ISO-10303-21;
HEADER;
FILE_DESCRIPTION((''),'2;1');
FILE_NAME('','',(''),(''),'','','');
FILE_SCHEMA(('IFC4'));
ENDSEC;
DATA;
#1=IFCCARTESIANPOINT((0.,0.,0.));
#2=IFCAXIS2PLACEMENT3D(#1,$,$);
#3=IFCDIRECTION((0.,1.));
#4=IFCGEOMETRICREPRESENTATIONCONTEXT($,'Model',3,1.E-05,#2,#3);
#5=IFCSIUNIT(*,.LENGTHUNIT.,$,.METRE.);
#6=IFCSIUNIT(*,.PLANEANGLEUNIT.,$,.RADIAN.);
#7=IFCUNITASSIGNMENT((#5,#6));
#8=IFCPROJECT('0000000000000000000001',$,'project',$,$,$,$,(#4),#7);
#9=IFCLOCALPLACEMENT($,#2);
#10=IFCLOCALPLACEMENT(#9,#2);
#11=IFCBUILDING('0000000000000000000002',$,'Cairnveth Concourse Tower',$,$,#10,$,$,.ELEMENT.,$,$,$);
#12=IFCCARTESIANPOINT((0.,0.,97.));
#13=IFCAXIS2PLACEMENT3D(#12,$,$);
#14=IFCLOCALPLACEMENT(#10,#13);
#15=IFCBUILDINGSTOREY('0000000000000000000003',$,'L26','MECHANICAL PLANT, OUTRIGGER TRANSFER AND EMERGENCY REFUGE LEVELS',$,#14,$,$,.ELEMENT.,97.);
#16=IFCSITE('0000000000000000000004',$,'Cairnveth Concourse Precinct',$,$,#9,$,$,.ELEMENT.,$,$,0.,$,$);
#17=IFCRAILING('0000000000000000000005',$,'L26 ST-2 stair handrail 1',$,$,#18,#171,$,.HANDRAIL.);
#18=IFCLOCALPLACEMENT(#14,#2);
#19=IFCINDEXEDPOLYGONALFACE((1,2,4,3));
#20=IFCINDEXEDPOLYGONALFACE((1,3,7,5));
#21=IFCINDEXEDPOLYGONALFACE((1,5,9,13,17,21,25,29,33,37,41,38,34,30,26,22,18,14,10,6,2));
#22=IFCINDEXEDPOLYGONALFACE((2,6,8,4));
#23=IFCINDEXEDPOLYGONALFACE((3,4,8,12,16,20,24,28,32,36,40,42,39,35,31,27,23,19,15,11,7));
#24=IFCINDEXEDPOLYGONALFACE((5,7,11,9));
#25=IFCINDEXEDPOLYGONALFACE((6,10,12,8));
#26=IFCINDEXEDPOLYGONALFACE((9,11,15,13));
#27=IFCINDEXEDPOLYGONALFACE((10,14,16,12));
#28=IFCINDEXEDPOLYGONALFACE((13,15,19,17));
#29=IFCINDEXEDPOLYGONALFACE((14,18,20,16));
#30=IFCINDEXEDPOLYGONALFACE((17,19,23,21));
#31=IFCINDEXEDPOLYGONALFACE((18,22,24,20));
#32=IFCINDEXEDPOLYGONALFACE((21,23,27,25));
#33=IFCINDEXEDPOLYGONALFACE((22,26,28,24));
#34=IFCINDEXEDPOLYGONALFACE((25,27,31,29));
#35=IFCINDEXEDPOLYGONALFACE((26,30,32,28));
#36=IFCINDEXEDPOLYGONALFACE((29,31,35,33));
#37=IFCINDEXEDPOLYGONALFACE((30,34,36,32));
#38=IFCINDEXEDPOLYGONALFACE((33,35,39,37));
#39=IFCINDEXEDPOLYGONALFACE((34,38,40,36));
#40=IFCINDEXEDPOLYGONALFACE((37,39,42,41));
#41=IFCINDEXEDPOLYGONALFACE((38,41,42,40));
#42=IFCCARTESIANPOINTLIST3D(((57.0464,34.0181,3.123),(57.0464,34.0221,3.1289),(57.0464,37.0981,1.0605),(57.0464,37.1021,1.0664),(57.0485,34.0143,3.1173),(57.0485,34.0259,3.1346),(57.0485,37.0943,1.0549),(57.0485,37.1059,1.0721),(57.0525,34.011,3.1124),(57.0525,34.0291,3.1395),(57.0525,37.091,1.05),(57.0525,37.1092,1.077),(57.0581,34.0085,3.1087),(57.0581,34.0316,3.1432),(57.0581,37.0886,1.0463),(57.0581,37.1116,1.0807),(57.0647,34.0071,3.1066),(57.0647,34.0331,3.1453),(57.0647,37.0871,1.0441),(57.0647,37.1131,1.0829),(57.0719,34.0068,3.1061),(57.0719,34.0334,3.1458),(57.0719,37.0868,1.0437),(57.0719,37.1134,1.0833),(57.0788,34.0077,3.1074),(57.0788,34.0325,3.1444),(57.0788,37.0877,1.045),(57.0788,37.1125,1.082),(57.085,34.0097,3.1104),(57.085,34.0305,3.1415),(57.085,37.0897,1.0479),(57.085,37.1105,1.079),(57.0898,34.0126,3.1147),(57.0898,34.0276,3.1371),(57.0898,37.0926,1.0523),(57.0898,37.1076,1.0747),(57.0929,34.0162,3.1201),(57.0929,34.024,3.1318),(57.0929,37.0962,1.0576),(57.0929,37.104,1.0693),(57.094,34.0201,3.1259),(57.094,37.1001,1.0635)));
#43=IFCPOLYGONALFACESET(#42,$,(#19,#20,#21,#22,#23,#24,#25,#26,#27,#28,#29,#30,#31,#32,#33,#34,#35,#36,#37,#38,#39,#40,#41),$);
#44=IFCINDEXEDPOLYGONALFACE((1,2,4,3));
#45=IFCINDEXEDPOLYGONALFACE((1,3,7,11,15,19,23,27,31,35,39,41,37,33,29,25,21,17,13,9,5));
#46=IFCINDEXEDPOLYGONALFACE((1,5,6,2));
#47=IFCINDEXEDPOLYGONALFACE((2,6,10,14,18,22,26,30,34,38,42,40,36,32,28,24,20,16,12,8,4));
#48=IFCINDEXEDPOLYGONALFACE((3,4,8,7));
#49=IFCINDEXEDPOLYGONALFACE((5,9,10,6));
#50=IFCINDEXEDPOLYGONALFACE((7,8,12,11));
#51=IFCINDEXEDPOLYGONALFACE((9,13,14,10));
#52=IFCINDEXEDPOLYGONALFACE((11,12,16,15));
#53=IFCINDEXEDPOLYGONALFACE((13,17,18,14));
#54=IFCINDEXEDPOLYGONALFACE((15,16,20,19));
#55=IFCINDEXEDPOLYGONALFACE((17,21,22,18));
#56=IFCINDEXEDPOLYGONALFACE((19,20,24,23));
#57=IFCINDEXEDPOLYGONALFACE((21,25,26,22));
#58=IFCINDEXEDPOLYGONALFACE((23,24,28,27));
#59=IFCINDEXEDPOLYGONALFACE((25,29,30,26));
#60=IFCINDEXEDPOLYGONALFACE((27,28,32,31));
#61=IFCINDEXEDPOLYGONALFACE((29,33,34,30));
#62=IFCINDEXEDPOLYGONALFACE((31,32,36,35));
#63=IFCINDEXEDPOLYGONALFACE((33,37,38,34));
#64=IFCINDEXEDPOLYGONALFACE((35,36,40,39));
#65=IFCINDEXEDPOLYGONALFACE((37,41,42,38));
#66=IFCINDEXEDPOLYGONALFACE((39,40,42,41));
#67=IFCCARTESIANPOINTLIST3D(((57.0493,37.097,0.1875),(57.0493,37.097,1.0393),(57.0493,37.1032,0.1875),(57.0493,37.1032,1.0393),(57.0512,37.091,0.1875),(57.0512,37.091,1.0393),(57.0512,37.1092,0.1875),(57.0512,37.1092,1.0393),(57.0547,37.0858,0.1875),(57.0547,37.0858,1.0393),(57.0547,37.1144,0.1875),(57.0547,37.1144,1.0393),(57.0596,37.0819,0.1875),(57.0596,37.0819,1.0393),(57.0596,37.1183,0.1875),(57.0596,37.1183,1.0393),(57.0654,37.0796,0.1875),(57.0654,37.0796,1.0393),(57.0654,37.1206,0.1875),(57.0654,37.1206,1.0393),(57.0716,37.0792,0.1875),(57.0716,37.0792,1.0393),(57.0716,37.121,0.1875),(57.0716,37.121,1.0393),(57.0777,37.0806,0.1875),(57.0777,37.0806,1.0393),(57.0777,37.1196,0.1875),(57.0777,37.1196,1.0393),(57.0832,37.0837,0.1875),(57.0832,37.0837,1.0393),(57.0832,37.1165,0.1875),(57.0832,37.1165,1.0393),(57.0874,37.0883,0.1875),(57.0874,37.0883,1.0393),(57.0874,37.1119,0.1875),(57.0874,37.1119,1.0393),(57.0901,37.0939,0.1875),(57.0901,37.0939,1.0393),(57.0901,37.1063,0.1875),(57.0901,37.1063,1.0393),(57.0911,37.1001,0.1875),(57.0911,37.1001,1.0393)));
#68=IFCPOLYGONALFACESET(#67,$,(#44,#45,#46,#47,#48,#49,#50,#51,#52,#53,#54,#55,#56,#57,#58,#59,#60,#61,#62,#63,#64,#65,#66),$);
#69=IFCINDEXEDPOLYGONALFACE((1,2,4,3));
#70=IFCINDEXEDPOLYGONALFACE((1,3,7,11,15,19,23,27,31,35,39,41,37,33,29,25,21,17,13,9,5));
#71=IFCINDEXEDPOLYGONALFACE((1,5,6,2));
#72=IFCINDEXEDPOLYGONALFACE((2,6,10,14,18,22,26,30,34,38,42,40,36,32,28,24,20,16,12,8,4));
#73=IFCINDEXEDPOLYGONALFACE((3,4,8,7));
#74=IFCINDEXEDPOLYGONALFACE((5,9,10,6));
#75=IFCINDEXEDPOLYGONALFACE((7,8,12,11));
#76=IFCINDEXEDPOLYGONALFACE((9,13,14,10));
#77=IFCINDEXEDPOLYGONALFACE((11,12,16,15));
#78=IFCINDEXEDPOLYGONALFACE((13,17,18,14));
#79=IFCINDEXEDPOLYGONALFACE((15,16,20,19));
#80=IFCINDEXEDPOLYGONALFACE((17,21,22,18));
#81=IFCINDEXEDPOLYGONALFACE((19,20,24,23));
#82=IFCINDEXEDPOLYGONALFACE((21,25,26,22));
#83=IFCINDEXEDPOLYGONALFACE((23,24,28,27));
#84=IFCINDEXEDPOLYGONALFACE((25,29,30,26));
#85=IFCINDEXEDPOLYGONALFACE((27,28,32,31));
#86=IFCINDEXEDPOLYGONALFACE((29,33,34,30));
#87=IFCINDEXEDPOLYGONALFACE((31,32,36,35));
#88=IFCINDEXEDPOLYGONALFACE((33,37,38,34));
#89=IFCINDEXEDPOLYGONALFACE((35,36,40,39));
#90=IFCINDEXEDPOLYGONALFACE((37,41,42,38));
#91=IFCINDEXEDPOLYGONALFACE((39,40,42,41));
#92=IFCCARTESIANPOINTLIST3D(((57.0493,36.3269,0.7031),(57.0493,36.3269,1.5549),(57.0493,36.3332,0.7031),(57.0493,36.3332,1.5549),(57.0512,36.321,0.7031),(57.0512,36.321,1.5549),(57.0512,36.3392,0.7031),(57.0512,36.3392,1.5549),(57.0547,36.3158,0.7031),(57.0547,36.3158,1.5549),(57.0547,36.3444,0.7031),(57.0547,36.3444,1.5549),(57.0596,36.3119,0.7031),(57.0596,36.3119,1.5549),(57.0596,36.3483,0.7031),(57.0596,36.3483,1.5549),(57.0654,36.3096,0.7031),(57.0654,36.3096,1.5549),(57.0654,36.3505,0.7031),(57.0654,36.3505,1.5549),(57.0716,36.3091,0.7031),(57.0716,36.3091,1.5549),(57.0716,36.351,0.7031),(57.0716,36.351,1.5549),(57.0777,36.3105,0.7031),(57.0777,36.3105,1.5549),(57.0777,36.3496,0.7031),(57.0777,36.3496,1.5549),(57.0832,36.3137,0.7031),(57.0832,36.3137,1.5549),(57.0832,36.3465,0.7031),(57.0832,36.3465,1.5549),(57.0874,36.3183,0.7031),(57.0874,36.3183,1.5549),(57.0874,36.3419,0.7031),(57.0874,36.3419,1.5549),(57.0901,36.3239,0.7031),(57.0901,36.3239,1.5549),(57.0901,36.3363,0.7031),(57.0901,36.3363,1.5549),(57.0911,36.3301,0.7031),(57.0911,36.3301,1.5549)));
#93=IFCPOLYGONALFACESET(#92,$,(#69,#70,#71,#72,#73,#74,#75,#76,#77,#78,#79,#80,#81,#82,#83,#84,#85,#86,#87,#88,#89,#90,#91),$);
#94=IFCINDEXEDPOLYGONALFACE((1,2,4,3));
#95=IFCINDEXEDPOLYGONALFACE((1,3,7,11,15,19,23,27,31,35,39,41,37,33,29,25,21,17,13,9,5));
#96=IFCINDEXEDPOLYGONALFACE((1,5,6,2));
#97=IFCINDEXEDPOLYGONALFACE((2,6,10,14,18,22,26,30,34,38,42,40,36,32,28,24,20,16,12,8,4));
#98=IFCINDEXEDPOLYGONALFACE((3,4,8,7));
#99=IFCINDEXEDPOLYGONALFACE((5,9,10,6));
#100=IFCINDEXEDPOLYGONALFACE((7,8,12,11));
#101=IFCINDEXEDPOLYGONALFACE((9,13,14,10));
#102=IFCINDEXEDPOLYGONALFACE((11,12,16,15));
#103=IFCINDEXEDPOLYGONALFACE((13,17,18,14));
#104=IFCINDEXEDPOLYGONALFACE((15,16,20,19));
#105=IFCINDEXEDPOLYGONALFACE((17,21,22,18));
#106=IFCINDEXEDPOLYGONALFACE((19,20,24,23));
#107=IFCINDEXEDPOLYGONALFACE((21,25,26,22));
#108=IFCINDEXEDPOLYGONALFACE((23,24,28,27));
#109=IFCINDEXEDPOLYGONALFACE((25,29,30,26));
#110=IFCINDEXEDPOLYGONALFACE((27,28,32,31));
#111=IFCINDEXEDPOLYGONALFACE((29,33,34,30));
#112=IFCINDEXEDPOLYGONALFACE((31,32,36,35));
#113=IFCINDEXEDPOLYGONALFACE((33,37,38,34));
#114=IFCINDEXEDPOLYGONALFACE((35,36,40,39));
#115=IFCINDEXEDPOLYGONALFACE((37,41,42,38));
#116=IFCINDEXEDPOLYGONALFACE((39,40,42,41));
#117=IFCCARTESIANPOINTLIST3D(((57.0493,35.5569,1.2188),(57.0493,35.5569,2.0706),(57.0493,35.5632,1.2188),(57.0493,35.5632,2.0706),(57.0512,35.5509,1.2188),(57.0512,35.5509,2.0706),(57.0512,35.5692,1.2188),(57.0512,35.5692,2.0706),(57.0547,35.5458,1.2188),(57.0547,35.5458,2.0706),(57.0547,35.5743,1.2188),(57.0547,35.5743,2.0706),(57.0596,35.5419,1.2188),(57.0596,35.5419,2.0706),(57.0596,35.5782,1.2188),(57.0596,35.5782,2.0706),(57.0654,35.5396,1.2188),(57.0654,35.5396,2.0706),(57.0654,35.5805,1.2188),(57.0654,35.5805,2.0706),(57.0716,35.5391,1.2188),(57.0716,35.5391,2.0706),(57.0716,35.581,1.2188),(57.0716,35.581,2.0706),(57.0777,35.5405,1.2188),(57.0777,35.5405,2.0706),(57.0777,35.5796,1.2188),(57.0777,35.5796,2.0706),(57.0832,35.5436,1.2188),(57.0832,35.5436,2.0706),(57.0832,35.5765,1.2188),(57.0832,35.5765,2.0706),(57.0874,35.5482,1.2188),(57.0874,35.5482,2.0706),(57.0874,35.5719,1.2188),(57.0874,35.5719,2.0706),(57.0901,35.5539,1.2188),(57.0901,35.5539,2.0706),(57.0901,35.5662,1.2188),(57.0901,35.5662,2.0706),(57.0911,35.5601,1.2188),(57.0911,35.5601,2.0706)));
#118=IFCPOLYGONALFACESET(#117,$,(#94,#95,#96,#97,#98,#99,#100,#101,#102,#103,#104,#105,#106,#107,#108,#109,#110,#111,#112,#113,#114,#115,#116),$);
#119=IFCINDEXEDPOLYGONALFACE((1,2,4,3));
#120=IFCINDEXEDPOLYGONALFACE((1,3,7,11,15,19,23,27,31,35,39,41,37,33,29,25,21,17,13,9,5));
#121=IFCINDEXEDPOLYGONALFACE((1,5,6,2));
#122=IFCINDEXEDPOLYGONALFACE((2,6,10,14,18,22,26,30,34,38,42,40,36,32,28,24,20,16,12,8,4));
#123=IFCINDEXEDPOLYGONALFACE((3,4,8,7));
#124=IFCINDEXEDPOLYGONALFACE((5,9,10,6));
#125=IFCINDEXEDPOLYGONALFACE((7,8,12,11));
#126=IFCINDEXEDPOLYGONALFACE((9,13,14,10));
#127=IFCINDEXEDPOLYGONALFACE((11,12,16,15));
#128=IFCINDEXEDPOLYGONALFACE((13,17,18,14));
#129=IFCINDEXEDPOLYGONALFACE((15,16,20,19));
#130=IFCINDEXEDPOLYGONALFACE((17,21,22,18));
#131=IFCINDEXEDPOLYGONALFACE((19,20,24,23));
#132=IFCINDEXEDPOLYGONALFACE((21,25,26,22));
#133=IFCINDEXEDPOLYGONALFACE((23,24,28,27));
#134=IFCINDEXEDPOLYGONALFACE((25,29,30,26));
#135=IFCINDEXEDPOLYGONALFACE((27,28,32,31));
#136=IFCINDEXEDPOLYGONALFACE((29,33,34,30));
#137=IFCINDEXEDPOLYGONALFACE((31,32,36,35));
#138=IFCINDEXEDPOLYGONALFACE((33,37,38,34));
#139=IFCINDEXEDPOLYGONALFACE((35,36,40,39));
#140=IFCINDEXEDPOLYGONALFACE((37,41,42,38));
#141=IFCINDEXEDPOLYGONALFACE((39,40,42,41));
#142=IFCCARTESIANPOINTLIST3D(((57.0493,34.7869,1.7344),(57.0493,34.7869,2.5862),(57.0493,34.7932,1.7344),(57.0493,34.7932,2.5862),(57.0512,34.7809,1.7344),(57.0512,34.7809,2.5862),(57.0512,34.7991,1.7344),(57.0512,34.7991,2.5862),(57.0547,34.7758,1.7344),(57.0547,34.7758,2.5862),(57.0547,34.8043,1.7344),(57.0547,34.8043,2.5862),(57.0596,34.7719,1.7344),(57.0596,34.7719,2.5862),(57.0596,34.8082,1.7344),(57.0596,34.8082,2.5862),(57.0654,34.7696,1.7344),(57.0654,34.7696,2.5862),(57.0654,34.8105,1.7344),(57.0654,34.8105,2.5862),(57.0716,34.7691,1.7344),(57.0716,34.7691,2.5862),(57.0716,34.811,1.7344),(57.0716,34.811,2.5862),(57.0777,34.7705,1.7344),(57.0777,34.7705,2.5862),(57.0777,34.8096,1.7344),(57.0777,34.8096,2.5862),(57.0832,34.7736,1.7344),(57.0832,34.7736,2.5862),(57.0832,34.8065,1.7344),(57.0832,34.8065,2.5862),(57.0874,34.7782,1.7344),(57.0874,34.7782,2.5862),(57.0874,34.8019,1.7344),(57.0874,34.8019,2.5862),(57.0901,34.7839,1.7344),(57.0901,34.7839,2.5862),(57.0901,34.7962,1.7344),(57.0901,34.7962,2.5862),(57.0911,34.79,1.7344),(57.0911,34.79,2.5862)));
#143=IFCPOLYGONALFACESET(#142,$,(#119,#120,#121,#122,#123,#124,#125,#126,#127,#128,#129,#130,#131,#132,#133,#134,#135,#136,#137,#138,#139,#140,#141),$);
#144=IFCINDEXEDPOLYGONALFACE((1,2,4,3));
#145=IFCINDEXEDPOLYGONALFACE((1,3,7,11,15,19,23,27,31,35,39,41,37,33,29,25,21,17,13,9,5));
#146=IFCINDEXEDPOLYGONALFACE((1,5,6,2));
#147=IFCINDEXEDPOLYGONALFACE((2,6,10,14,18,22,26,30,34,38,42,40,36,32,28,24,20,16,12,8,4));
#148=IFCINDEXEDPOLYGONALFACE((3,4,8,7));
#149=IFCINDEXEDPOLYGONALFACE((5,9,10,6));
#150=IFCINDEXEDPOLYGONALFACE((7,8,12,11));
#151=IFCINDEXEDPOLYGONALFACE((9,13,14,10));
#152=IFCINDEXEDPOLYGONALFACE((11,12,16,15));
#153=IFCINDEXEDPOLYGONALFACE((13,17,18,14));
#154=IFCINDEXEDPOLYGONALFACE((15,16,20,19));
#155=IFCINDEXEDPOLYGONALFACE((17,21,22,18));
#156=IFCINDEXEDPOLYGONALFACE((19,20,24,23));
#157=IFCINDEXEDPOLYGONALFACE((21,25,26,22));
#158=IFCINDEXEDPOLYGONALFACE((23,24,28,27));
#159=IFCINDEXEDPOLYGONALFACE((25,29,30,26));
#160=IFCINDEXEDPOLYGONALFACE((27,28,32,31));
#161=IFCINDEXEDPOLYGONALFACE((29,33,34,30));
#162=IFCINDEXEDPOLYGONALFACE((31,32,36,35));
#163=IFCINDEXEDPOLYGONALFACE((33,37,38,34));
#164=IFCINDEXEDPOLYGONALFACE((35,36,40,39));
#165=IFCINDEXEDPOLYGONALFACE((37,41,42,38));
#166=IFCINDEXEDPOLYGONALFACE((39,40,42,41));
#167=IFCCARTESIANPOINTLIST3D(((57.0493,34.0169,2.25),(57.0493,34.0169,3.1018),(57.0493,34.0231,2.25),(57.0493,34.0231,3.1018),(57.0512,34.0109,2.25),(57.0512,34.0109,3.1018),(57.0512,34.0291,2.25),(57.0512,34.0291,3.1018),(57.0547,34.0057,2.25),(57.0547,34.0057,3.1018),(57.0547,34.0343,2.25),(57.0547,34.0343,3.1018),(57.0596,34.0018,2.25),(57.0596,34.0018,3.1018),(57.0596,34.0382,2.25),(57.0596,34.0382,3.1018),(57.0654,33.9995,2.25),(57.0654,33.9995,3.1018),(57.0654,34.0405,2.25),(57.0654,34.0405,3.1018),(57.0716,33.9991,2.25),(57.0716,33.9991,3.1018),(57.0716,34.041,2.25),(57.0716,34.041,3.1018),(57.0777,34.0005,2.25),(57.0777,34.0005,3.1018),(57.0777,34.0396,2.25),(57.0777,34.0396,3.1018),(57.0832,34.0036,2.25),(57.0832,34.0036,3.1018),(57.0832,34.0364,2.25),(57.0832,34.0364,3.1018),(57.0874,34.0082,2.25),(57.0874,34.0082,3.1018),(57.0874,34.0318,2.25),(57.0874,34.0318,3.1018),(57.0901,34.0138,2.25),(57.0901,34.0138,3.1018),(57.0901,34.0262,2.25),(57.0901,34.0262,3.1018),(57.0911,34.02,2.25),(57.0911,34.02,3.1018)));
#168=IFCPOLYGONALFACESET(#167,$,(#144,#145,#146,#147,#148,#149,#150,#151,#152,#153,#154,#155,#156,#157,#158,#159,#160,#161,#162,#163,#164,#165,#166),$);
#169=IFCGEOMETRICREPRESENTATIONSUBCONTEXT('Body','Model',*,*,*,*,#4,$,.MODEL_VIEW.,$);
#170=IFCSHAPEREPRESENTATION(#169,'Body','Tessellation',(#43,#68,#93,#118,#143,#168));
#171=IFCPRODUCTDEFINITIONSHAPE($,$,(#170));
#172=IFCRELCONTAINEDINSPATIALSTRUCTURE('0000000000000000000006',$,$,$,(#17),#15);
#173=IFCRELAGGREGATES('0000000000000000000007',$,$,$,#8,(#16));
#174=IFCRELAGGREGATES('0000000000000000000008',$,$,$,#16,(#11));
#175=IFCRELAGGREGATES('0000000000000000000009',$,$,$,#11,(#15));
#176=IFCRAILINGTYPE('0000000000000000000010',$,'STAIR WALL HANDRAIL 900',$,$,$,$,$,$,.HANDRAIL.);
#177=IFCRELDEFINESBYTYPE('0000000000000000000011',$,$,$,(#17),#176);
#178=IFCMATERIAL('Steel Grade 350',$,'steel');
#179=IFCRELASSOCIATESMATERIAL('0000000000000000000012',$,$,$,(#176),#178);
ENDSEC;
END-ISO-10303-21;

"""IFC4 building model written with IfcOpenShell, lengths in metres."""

from ifc_helpers import new_model, si_unit, direction, frame, origin, origin_2d, place, context, subcontext, project, spatial, circle, extrude, material, type_object, element, save


model = new_model("IFC4")

# Units and contexts
model_context = context("Model", 3, precision=1e-05, world=origin(), true_north=direction((0.0, 1.0)))
body_context = subcontext(model_context, "Body", "Model", "MODEL_VIEW")
ifc_project = project(units=[si_unit("LENGTHUNIT", "METRE"), si_unit("PLANEANGLEUNIT", "RADIAN")], contexts=[model_context])

# Site, building, storey
site_placement = place(None, origin())
site = spatial("IfcSite", under=ifc_project, at=site_placement, Name="Cairnveth Concourse Precinct", CompositionType="ELEMENT", RefElevation=0.0)
building_placement = place(site_placement, origin())
building = spatial("IfcBuilding", under=site, at=building_placement, Name="Cairnveth Concourse Tower", CompositionType="ELEMENT")
storey_placement = place(building_placement, frame((0.0, 0.0, 97.0)))
storey = spatial("IfcBuildingStorey", under=building, at=storey_placement, Name="L26", Description="MECHANICAL PLANT, OUTRIGGER TRANSFER AND EMERGENCY REFUGE LEVELS", CompositionType="ELEMENT", Elevation=97.0)

# Shared definitions
ifc_material_1 = material(Name="Steel Grade 350", Category="steel")

# Railing
railing_type_1 = type_object("IfcRailingType", Name="STAIR WALL HANDRAIL 900", PredefinedType="HANDRAIL", material=ifc_material_1)
railing_1_placement = place(storey_placement, frame((57.0701, 37.1001, 0.1875)))
element("IfcRailing", 1, at=railing_1_placement, inside=storey, type_object=railing_type_1, Name="L26 ST-2 stair handrail 1", PredefinedType="HANDRAIL", context=body_context, shape_type="SweptSolid", body=[
    extrude(circle(Radius=0.0239, at=origin_2d()), frame((0.0, 0.0, 0.876), z_axis=(0.0, -0.830914, 0.556401), x_axis=(1.0, 0.0, 0.0)), (0.0, 0.0, 1.0), 3.7068),
    extrude(circle(Radius=0.021, at=origin_2d()), origin(), (0.0, 0.0, 1.0), 0.8518),
    extrude(circle(Radius=0.021, at=origin_2d()), frame((0.0, -0.77, 0.5156)), (0.0, 0.0, 1.0), 0.8518),
    extrude(circle(Radius=0.021, at=origin_2d()), frame((0.0, -1.54, 1.0312)), (0.0, 0.0, 1.0), 0.8518),
    extrude(circle(Radius=0.021, at=origin_2d()), frame((0.0, -2.3101, 1.5469)), (0.0, 0.0, 1.0), 0.8518),
    extrude(circle(Radius=0.021, at=origin_2d()), frame((0.0, -3.0801, 2.0625)), (0.0, 0.0, 1.0), 0.8518),
])

save(model, "model.ifc")
